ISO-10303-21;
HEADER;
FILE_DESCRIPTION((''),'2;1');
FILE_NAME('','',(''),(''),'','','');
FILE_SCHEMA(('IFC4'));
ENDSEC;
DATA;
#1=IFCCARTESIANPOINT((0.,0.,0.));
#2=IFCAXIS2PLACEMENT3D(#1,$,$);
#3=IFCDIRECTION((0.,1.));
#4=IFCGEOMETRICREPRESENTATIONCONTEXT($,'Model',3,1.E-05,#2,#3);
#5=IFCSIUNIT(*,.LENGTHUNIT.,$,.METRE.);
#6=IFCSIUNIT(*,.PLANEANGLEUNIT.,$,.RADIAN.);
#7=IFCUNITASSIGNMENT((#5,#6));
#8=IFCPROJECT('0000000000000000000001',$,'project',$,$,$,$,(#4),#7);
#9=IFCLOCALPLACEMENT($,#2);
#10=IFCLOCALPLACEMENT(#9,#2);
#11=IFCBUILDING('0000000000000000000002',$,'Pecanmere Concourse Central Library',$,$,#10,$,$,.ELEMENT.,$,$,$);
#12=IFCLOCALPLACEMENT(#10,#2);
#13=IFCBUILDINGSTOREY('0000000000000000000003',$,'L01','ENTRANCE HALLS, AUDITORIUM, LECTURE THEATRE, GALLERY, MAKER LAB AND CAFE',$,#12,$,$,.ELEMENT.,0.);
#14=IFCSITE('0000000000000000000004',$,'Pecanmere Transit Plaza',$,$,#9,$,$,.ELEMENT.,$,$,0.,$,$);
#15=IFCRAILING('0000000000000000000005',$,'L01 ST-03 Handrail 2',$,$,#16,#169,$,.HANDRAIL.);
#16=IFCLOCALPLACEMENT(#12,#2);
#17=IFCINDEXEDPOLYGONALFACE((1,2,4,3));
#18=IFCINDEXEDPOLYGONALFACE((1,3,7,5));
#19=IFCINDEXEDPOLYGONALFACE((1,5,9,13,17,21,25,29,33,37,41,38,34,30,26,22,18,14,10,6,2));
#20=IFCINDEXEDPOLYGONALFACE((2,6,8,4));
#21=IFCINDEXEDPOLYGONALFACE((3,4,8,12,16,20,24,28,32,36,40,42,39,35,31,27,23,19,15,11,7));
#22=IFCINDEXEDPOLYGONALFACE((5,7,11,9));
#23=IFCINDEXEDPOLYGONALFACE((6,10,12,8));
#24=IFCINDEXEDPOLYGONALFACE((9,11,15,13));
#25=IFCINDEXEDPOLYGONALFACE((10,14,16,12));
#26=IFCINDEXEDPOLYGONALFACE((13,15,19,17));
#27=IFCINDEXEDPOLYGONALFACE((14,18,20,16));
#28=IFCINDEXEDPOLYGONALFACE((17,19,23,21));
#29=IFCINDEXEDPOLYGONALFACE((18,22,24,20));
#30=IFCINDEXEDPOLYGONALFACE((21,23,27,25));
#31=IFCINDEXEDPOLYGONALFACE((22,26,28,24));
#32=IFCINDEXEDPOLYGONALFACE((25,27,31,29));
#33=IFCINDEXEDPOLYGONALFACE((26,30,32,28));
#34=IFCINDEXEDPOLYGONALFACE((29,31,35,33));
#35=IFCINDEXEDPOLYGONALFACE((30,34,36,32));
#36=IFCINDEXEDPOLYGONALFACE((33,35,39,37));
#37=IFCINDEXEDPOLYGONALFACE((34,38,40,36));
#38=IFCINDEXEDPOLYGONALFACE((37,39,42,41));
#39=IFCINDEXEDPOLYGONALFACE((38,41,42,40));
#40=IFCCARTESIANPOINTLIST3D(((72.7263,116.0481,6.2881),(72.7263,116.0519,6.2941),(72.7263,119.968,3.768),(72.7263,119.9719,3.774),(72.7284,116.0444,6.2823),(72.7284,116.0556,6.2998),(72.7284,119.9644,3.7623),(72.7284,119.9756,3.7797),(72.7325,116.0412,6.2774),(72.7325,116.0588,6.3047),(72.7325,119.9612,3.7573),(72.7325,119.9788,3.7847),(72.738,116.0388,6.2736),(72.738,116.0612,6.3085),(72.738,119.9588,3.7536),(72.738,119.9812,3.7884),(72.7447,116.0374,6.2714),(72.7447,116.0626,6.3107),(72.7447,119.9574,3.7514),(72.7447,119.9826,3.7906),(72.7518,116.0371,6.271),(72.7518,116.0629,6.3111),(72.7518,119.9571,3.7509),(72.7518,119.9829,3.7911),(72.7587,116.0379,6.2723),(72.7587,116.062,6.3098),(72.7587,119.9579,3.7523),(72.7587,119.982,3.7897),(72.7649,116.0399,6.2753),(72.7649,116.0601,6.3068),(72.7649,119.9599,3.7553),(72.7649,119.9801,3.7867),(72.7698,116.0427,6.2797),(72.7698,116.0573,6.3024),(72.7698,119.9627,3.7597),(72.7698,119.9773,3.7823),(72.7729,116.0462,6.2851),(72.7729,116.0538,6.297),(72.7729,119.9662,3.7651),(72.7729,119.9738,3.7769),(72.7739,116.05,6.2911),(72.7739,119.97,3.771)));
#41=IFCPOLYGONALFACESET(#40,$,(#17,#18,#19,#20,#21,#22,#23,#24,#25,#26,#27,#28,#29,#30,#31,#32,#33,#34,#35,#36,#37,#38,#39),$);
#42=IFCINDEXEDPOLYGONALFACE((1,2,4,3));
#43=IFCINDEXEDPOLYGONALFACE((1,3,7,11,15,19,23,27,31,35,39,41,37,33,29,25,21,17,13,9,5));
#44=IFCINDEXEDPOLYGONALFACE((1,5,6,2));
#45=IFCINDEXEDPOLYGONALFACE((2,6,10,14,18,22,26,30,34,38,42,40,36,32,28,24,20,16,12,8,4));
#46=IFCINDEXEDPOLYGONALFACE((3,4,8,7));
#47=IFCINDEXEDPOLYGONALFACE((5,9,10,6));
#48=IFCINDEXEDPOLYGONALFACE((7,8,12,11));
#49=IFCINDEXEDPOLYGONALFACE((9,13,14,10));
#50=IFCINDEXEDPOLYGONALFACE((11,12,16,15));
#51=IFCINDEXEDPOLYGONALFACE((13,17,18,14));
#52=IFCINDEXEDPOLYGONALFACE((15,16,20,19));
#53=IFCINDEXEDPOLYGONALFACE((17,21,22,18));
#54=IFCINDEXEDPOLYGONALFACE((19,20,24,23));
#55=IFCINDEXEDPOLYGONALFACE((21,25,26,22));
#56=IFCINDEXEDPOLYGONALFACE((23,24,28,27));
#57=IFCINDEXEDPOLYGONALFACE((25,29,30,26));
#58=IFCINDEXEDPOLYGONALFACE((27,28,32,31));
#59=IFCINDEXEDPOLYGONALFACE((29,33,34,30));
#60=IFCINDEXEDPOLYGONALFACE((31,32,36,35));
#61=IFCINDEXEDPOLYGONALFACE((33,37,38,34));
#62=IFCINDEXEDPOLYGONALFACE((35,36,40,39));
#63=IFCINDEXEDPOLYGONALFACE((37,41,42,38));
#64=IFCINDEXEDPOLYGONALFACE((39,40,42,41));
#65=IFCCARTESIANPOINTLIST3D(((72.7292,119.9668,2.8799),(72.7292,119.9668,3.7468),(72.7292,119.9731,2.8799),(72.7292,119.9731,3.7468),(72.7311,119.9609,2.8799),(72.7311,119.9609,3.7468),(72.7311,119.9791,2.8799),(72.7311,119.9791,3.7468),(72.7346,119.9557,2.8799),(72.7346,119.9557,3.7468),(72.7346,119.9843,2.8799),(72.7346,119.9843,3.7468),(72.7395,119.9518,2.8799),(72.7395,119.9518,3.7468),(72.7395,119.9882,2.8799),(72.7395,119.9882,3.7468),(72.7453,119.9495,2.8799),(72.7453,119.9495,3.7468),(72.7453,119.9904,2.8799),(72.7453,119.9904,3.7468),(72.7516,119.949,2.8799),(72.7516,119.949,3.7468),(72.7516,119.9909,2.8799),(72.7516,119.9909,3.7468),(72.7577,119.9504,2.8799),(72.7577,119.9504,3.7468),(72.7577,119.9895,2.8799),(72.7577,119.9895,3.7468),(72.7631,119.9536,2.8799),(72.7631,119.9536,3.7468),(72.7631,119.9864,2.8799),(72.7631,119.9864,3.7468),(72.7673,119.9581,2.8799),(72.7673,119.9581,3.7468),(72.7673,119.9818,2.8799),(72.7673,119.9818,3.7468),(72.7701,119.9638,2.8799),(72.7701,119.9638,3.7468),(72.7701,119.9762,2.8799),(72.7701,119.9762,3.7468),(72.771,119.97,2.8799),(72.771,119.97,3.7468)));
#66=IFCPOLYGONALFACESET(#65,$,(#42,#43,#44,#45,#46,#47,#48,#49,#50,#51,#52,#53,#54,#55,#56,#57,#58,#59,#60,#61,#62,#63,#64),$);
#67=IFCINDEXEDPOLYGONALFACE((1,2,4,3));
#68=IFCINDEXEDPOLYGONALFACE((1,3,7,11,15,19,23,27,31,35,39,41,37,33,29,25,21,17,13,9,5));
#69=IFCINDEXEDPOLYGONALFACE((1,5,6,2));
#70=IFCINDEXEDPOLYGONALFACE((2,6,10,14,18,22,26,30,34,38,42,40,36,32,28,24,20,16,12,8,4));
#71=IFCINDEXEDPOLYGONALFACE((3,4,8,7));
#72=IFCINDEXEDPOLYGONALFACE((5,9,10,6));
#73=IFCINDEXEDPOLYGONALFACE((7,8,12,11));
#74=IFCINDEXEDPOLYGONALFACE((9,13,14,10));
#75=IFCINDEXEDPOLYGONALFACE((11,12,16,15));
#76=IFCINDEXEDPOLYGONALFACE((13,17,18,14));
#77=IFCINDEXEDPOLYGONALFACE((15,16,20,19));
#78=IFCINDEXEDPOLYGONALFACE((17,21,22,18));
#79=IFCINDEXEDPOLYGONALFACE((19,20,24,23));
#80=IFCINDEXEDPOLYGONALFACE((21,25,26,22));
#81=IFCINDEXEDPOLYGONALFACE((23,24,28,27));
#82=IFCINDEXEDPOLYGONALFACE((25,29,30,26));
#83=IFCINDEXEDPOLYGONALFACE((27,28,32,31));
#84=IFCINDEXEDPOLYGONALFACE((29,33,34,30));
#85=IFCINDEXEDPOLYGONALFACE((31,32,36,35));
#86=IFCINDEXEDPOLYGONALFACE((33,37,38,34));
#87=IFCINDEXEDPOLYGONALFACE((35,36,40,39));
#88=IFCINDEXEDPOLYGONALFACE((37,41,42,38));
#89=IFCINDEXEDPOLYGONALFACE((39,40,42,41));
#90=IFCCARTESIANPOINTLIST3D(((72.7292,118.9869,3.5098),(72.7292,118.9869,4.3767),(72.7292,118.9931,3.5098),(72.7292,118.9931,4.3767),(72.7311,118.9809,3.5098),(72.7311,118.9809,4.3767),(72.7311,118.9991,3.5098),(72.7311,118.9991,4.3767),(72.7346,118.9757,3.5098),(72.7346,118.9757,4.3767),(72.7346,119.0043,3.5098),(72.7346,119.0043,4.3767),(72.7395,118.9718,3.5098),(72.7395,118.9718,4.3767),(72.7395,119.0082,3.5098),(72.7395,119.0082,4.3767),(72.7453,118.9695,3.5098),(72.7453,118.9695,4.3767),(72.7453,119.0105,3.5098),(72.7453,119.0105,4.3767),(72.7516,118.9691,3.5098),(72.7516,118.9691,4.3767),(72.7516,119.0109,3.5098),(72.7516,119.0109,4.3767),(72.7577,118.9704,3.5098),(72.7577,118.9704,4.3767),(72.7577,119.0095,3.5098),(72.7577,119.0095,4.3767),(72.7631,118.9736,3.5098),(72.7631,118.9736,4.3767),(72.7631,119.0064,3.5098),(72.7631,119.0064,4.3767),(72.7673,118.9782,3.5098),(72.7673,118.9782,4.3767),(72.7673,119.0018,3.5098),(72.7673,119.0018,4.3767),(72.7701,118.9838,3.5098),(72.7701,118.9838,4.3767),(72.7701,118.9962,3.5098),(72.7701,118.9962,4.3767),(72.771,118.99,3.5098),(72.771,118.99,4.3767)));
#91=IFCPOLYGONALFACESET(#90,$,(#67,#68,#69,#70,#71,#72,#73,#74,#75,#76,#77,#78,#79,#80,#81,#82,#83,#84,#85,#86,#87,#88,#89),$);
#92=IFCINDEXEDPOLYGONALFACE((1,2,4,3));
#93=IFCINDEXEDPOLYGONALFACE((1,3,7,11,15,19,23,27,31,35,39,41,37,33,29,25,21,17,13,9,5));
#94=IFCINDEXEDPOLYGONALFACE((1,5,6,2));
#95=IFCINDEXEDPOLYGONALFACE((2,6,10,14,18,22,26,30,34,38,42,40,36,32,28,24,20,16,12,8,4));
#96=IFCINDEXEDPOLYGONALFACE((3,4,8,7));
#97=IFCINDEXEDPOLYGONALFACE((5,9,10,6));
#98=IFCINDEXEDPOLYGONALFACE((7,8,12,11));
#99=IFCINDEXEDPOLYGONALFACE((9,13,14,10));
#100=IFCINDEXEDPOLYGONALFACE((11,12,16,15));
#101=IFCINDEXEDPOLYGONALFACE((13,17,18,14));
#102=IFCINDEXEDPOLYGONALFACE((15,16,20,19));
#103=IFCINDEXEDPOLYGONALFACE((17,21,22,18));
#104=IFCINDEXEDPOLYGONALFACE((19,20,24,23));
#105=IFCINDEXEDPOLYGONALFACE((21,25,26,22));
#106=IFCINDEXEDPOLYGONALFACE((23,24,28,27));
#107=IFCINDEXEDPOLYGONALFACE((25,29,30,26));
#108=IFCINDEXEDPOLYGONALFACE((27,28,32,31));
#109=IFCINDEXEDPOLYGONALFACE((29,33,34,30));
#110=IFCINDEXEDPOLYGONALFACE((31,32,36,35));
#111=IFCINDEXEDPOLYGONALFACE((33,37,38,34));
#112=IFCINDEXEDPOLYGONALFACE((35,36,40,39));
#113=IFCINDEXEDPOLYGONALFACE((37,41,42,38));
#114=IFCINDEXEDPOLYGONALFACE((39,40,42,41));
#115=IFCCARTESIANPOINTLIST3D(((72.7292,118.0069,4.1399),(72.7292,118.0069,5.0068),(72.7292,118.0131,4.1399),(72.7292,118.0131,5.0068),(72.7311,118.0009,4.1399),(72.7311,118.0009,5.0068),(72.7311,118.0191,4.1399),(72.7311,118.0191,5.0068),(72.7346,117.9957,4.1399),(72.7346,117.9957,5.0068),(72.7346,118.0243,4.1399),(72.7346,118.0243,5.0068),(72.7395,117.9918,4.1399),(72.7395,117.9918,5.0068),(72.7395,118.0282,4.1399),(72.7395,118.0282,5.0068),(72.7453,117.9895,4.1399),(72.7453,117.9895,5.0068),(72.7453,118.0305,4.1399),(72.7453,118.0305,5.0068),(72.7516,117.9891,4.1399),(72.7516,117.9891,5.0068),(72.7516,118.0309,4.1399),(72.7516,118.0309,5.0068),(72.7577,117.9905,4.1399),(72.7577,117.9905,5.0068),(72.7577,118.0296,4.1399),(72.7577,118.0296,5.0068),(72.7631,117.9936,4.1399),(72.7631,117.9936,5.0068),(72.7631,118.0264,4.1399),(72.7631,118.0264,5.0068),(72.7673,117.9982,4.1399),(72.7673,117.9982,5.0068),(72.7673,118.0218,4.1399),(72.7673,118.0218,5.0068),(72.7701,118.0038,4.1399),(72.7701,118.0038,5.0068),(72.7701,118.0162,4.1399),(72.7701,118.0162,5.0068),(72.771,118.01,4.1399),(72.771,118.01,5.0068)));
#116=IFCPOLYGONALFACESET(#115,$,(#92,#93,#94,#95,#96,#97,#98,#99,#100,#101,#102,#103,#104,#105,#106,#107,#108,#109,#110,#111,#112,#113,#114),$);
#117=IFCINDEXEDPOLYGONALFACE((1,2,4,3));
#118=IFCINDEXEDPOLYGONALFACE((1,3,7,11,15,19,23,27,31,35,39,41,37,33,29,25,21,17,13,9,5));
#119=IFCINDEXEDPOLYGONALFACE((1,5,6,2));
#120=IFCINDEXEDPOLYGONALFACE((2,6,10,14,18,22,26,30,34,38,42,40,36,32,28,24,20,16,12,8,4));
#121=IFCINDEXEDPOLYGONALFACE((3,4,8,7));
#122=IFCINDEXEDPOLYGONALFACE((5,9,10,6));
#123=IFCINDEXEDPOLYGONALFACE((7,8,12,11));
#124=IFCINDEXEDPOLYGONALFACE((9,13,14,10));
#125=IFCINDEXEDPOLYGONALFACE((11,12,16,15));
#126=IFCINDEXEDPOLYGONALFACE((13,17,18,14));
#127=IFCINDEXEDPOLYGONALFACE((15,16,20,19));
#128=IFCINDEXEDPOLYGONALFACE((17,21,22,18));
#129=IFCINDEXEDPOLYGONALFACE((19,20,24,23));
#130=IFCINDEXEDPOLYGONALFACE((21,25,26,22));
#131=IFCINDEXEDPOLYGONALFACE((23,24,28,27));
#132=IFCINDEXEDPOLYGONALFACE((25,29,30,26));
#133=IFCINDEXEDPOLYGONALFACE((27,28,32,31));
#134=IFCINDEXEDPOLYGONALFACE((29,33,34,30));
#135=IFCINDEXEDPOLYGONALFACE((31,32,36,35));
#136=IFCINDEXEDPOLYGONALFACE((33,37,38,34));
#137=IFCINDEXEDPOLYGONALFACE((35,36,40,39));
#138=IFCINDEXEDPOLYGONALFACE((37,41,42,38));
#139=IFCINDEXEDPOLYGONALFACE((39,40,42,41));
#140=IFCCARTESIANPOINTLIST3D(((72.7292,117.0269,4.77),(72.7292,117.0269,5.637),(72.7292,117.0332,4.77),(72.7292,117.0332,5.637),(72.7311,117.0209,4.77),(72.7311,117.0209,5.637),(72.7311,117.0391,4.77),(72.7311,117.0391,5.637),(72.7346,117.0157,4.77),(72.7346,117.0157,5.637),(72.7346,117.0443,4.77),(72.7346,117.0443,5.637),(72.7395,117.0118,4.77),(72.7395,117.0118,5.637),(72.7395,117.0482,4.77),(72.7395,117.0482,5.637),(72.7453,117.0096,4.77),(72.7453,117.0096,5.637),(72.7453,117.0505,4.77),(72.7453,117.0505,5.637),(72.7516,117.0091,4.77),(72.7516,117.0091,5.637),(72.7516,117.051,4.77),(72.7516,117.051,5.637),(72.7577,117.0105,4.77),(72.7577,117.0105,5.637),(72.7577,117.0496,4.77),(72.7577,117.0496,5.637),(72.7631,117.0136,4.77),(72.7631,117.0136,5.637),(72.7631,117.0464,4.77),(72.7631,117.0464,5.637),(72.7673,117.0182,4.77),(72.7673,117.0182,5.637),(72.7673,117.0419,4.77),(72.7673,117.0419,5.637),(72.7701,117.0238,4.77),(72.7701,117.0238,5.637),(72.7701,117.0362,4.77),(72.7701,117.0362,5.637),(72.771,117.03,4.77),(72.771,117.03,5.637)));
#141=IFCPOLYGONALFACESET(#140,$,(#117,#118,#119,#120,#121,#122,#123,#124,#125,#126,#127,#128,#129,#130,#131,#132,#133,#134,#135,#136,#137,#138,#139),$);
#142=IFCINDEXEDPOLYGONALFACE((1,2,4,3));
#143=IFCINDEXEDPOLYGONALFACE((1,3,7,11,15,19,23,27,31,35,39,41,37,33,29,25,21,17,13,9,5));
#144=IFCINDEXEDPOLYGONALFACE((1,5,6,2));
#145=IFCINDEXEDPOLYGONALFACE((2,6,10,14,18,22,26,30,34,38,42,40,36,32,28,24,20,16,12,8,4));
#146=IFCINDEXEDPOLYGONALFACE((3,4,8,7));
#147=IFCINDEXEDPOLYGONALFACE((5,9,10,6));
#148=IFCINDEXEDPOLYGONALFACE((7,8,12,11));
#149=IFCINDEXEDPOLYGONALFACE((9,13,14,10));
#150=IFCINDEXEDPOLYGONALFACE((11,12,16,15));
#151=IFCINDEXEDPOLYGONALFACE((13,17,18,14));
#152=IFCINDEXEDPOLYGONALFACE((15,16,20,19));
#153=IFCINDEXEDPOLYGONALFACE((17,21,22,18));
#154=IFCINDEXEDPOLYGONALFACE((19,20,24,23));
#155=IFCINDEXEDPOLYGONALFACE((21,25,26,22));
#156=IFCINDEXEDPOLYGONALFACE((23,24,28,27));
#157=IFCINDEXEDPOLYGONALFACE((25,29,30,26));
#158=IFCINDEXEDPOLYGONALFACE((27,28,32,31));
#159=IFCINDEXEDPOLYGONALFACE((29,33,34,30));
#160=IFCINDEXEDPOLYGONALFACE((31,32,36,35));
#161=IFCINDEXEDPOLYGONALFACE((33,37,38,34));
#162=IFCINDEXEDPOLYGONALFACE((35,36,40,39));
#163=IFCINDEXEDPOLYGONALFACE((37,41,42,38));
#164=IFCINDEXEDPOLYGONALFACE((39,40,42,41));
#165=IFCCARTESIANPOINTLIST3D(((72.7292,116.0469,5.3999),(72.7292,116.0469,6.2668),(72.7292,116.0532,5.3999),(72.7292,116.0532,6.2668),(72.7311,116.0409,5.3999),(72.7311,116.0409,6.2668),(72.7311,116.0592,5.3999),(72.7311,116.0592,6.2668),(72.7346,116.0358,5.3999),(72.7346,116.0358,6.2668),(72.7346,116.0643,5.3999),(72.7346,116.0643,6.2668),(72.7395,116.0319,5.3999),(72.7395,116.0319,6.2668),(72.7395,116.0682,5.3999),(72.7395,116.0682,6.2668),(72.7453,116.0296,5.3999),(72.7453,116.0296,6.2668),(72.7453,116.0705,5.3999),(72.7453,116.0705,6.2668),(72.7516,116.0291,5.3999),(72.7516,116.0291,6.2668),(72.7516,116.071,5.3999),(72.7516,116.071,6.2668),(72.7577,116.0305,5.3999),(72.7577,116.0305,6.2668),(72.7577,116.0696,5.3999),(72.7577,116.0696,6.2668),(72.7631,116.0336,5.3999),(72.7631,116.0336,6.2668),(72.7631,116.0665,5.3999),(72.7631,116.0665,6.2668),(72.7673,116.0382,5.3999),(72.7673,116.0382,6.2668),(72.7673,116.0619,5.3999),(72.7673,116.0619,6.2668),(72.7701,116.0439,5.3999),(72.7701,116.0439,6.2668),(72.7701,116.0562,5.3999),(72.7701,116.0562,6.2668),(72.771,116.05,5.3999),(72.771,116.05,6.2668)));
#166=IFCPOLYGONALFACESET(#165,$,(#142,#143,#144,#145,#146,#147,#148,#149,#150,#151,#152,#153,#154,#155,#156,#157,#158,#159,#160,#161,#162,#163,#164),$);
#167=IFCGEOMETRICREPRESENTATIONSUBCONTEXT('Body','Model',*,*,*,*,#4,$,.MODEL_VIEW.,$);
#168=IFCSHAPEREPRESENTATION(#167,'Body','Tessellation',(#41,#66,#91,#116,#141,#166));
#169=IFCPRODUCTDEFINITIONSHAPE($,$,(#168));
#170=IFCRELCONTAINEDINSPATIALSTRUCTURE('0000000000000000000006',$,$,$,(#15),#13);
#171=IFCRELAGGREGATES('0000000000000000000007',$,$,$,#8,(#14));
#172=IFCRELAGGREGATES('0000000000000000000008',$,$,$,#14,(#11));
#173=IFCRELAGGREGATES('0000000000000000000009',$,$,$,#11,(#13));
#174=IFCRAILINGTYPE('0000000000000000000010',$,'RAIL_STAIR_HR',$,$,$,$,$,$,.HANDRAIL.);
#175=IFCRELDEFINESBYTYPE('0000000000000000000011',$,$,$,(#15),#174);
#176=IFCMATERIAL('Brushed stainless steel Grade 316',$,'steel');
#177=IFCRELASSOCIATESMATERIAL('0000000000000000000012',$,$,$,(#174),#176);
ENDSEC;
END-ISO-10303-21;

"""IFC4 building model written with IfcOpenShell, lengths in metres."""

from ifc_helpers import new_model, si_unit, direction, frame, origin, origin_2d, place, context, subcontext, project, spatial, circle, extrude, material, type_object, element, save


model = new_model("IFC4")

# Units and contexts
model_context = context("Model", 3, precision=1e-05, world=origin(), true_north=direction((0.0, 1.0)))
body_context = subcontext(model_context, "Body", "Model", "MODEL_VIEW")
ifc_project = project(units=[si_unit("LENGTHUNIT", "METRE"), si_unit("PLANEANGLEUNIT", "RADIAN")], contexts=[model_context])

# Site, building, storey
site_placement = place(None, origin())
site = spatial("IfcSite", under=ifc_project, at=site_placement, Name="Pecanmere Transit Plaza", CompositionType="ELEMENT", RefElevation=0.0)
building_placement = place(site_placement, origin())
building = spatial("IfcBuilding", under=site, at=building_placement, Name="Pecanmere Concourse Central Library", CompositionType="ELEMENT")
storey_placement = place(building_placement, origin())
storey = spatial("IfcBuildingStorey", under=building, at=storey_placement, Name="L01", Description="ENTRANCE HALLS, AUDITORIUM, LECTURE THEATRE, GALLERY, MAKER LAB AND CAFE", CompositionType="ELEMENT", Elevation=0.0)

# Railing
ifc_material_1 = material(Name="Brushed stainless steel Grade 316", Category="steel")
railing_type_1 = type_object("IfcRailingType", Name="RAIL_STAIR_HR", PredefinedType="HANDRAIL", material=ifc_material_1)
railing_1_placement = place(storey_placement, frame((72.75, 119.97, 2.8799)))
element("IfcRailing", 1, at=railing_1_placement, inside=storey, type_object=railing_type_1, Name="L01 ST-03 Handrail 2", PredefinedType="HANDRAIL", context=body_context, shape_type="SweptSolid", body=[
    extrude(circle(Radius=0.0239, at=origin_2d()), frame((0.0, 0.0, 0.8911), z_axis=(0.0, -0.841172, 0.540768), x_axis=(1.0, 0.0, 0.0)), (0.0, 0.0, 1.0), 4.6602),
    extrude(circle(Radius=0.021, at=origin_2d()), origin(), (0.0, 0.0, 1.0), 0.8669),
    extrude(circle(Radius=0.021, at=origin_2d()), frame((0.0, -0.98, 0.6299)), (0.0, 0.0, 1.0), 0.8669),
    extrude(circle(Radius=0.021, at=origin_2d()), frame((0.0, -1.96, 1.26)), (0.0, 0.0, 1.0), 0.8669),
    extrude(circle(Radius=0.021, at=origin_2d()), frame((0.0, -2.9399, 1.8901)), (0.0, 0.0, 1.0), 0.8669),
    extrude(circle(Radius=0.021, at=origin_2d()), frame((0.0, -3.9199, 2.52)), (0.0, 0.0, 1.0), 0.8669),
])

save(model, "model.ifc")
